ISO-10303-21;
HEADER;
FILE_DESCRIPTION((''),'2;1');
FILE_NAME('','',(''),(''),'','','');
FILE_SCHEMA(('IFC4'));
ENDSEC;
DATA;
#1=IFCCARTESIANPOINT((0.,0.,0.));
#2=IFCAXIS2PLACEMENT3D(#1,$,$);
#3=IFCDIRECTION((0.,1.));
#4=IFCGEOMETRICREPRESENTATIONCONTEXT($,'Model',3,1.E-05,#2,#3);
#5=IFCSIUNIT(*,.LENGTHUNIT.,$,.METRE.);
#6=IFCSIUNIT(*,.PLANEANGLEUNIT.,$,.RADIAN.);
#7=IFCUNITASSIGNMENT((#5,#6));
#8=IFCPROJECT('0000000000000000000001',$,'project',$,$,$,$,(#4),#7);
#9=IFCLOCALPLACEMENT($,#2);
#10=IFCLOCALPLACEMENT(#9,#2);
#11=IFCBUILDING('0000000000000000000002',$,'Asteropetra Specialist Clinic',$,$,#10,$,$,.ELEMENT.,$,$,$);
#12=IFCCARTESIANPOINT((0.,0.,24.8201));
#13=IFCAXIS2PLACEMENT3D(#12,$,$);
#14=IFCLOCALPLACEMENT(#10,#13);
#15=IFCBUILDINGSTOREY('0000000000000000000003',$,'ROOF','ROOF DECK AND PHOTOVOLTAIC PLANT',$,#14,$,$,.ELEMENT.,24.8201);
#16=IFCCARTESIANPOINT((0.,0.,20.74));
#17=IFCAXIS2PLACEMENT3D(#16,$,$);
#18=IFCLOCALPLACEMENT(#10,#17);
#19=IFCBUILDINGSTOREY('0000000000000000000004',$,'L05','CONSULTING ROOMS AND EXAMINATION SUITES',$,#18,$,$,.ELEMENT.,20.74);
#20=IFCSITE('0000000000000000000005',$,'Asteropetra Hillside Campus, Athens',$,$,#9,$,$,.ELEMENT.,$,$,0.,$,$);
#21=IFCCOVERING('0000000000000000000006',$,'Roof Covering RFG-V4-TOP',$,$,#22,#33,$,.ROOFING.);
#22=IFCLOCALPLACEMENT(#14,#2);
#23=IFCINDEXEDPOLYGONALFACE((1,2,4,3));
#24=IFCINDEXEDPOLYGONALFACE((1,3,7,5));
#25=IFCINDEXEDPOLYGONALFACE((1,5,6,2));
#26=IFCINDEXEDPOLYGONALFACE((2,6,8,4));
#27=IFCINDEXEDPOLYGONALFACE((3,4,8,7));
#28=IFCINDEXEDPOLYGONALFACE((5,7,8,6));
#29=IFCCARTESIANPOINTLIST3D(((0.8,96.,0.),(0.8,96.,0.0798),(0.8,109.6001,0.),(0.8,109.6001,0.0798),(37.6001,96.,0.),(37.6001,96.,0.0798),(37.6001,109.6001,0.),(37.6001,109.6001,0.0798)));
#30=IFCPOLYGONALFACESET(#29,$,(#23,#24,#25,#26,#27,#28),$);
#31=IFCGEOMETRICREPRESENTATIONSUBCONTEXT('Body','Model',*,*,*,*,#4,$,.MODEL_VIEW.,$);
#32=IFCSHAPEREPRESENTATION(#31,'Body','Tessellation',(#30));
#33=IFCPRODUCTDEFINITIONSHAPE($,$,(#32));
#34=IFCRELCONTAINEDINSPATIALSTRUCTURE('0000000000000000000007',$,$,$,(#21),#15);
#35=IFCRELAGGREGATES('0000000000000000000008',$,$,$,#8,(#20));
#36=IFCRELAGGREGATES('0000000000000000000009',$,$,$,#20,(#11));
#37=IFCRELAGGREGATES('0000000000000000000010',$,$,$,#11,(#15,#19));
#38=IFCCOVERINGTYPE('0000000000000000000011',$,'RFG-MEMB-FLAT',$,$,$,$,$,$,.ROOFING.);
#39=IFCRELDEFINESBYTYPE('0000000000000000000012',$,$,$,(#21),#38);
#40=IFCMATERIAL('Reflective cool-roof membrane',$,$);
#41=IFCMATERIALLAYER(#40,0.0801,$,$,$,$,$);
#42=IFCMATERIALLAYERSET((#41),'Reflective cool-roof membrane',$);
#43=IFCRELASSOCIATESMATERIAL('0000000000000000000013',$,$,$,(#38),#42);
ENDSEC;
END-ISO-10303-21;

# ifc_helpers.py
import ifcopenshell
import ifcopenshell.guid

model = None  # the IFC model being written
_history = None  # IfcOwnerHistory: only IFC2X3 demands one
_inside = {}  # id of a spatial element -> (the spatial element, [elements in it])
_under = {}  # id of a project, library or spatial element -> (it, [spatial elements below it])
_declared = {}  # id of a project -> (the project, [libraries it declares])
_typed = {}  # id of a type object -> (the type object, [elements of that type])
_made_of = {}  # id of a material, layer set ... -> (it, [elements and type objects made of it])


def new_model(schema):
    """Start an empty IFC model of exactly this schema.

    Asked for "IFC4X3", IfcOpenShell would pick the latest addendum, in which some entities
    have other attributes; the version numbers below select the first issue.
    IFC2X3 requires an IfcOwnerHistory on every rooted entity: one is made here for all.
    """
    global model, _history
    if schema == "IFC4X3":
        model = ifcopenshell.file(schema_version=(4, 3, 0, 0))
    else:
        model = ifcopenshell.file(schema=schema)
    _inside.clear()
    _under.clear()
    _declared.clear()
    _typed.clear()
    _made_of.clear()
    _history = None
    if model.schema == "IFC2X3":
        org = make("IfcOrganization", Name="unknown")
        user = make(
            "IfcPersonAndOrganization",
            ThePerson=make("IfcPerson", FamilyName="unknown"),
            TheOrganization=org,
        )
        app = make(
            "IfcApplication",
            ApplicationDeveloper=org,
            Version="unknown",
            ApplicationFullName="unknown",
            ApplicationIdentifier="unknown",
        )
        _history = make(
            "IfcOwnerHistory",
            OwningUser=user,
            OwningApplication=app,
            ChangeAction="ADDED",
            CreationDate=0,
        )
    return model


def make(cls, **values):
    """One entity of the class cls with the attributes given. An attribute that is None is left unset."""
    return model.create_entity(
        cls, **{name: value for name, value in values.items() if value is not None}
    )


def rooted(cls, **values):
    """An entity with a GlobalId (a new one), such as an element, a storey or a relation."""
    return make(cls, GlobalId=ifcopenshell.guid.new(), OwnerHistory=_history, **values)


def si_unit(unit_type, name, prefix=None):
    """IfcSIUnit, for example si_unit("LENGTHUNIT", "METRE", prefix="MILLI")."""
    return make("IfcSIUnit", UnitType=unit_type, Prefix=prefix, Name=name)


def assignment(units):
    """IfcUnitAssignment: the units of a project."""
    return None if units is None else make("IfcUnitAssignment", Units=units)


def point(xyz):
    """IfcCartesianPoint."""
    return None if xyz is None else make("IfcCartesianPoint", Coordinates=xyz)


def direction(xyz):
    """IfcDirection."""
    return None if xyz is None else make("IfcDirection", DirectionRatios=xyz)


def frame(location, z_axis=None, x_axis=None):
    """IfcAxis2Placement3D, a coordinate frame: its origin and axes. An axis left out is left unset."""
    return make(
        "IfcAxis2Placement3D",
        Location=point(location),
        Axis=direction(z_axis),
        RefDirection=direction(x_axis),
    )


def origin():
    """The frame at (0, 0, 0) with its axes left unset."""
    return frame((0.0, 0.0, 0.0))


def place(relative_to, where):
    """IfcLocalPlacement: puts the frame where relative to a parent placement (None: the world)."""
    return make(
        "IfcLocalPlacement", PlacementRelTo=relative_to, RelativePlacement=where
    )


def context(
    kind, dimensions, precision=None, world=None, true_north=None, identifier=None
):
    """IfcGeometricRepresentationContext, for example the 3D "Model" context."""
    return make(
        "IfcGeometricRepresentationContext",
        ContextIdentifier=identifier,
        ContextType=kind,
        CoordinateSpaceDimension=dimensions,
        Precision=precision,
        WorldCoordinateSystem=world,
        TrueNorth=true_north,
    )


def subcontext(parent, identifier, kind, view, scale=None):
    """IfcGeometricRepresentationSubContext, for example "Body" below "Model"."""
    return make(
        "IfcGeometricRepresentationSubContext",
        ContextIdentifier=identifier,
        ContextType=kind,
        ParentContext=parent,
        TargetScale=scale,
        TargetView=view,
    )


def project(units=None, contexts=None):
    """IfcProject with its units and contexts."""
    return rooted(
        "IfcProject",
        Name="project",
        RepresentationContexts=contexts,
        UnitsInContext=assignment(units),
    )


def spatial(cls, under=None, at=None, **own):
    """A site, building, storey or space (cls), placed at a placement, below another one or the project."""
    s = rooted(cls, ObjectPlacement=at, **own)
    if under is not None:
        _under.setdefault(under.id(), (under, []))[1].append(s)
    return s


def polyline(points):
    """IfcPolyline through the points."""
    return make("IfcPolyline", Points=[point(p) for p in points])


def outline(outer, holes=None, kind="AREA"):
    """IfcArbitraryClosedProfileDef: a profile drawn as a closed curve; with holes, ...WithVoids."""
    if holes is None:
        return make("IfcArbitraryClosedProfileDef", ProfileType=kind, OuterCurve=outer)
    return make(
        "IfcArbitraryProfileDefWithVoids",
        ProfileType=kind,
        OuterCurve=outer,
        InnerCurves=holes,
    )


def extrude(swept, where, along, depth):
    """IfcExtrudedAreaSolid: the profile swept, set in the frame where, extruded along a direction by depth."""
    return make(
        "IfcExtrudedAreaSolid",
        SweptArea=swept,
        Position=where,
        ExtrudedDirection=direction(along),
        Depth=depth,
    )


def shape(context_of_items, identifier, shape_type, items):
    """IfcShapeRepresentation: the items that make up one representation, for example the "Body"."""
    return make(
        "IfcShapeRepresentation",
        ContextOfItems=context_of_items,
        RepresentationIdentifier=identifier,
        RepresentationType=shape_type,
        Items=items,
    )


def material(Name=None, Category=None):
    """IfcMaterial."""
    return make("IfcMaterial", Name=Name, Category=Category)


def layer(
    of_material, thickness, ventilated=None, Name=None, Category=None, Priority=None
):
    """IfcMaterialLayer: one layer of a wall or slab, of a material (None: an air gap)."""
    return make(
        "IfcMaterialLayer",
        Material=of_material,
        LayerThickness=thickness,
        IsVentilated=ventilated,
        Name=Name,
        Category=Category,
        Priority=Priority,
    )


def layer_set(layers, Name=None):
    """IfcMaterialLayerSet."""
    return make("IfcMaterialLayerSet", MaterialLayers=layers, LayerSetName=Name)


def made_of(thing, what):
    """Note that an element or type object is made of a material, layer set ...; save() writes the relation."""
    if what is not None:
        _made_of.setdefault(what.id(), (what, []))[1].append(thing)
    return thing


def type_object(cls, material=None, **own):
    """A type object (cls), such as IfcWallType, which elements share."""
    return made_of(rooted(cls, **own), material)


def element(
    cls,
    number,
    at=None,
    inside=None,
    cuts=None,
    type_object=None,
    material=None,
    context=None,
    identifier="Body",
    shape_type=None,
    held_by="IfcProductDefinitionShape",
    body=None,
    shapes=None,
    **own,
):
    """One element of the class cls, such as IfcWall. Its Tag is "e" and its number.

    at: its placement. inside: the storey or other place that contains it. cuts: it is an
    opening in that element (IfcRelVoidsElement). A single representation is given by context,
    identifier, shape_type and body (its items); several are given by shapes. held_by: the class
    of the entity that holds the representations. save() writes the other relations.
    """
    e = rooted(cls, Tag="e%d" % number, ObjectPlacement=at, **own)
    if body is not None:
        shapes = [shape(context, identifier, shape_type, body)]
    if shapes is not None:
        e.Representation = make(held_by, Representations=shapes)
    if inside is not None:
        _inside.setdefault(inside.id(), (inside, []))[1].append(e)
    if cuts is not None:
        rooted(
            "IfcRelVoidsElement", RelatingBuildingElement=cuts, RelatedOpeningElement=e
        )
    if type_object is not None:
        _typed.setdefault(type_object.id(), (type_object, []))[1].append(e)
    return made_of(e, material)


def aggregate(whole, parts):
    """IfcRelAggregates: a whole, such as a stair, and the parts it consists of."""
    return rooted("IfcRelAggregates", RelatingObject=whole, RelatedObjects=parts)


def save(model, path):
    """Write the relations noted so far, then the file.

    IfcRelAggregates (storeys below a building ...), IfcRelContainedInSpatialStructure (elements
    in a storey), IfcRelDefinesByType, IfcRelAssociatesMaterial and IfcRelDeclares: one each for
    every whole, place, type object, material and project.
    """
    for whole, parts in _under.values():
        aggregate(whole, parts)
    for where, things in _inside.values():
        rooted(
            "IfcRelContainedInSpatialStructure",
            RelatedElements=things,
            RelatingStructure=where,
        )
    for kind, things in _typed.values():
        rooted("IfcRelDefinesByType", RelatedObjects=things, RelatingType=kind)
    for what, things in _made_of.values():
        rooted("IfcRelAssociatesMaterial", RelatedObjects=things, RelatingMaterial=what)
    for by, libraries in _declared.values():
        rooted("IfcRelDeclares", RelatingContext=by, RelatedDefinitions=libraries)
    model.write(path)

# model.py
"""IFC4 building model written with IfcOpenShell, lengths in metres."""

from ifc_helpers import new_model, si_unit, direction, frame, origin, place, context, subcontext, project, spatial, polyline, outline, extrude, material, layer, layer_set, type_object, element, save


model = new_model("IFC4")

# Units and contexts
model_context = context("Model", 3, precision=1e-05, world=origin(), true_north=direction((0.0, 1.0)))
body_context = subcontext(model_context, "Body", "Model", "MODEL_VIEW")
ifc_project = project(units=[si_unit("LENGTHUNIT", "METRE"), si_unit("PLANEANGLEUNIT", "RADIAN")], contexts=[model_context])

# Site, building, storey
site_placement = place(None, origin())
site = spatial("IfcSite", under=ifc_project, at=site_placement, Name="Asteropetra Hillside Campus, Athens", CompositionType="ELEMENT", RefElevation=0.0)
building_placement = place(site_placement, origin())
building = spatial("IfcBuilding", under=site, at=building_placement, Name="Asteropetra Specialist Clinic", CompositionType="ELEMENT")
storey_1_placement = place(building_placement, frame((0.0, 0.0, 24.8201)))
storey_1 = spatial("IfcBuildingStorey", under=building, at=storey_1_placement, Name="ROOF", Description="ROOF DECK AND PHOTOVOLTAIC PLANT", CompositionType="ELEMENT", Elevation=24.8201)

# Shared definitions
storey_2_placement = place(building_placement, frame((0.0, 0.0, 20.74)))
storey_2 = spatial("IfcBuildingStorey", under=building, at=storey_2_placement, Name="L05", Description="CONSULTING ROOMS AND EXAMINATION SUITES", CompositionType="ELEMENT", Elevation=20.74)

# Covering
ifc_material_1 = material(Name="Reflective cool-roof membrane")
ifc_layer_1 = layer(ifc_material_1, 0.0801)
ifc_layer_set_1 = layer_set([ifc_layer_1], Name="Reflective cool-roof membrane")
covering_type_1 = type_object("IfcCoveringType", Name="RFG-MEMB-FLAT", PredefinedType="ROOFING", material=ifc_layer_set_1)
covering_1_placement = place(storey_1_placement, origin())
element("IfcCovering", 1, at=covering_1_placement, inside=storey_1, type_object=covering_type_1, Name="Roof Covering RFG-V4-TOP", PredefinedType="ROOFING", context=body_context, shape_type="SweptSolid", body=[
    extrude(outline(polyline([(0.8, 96.0), (37.6001, 96.0), (37.6001, 109.6001), (0.8, 109.6001), (0.8, 96.0)])), origin(), (0.0, 0.0, 1.0), 0.0798),
])

save(model, "model.ifc")
